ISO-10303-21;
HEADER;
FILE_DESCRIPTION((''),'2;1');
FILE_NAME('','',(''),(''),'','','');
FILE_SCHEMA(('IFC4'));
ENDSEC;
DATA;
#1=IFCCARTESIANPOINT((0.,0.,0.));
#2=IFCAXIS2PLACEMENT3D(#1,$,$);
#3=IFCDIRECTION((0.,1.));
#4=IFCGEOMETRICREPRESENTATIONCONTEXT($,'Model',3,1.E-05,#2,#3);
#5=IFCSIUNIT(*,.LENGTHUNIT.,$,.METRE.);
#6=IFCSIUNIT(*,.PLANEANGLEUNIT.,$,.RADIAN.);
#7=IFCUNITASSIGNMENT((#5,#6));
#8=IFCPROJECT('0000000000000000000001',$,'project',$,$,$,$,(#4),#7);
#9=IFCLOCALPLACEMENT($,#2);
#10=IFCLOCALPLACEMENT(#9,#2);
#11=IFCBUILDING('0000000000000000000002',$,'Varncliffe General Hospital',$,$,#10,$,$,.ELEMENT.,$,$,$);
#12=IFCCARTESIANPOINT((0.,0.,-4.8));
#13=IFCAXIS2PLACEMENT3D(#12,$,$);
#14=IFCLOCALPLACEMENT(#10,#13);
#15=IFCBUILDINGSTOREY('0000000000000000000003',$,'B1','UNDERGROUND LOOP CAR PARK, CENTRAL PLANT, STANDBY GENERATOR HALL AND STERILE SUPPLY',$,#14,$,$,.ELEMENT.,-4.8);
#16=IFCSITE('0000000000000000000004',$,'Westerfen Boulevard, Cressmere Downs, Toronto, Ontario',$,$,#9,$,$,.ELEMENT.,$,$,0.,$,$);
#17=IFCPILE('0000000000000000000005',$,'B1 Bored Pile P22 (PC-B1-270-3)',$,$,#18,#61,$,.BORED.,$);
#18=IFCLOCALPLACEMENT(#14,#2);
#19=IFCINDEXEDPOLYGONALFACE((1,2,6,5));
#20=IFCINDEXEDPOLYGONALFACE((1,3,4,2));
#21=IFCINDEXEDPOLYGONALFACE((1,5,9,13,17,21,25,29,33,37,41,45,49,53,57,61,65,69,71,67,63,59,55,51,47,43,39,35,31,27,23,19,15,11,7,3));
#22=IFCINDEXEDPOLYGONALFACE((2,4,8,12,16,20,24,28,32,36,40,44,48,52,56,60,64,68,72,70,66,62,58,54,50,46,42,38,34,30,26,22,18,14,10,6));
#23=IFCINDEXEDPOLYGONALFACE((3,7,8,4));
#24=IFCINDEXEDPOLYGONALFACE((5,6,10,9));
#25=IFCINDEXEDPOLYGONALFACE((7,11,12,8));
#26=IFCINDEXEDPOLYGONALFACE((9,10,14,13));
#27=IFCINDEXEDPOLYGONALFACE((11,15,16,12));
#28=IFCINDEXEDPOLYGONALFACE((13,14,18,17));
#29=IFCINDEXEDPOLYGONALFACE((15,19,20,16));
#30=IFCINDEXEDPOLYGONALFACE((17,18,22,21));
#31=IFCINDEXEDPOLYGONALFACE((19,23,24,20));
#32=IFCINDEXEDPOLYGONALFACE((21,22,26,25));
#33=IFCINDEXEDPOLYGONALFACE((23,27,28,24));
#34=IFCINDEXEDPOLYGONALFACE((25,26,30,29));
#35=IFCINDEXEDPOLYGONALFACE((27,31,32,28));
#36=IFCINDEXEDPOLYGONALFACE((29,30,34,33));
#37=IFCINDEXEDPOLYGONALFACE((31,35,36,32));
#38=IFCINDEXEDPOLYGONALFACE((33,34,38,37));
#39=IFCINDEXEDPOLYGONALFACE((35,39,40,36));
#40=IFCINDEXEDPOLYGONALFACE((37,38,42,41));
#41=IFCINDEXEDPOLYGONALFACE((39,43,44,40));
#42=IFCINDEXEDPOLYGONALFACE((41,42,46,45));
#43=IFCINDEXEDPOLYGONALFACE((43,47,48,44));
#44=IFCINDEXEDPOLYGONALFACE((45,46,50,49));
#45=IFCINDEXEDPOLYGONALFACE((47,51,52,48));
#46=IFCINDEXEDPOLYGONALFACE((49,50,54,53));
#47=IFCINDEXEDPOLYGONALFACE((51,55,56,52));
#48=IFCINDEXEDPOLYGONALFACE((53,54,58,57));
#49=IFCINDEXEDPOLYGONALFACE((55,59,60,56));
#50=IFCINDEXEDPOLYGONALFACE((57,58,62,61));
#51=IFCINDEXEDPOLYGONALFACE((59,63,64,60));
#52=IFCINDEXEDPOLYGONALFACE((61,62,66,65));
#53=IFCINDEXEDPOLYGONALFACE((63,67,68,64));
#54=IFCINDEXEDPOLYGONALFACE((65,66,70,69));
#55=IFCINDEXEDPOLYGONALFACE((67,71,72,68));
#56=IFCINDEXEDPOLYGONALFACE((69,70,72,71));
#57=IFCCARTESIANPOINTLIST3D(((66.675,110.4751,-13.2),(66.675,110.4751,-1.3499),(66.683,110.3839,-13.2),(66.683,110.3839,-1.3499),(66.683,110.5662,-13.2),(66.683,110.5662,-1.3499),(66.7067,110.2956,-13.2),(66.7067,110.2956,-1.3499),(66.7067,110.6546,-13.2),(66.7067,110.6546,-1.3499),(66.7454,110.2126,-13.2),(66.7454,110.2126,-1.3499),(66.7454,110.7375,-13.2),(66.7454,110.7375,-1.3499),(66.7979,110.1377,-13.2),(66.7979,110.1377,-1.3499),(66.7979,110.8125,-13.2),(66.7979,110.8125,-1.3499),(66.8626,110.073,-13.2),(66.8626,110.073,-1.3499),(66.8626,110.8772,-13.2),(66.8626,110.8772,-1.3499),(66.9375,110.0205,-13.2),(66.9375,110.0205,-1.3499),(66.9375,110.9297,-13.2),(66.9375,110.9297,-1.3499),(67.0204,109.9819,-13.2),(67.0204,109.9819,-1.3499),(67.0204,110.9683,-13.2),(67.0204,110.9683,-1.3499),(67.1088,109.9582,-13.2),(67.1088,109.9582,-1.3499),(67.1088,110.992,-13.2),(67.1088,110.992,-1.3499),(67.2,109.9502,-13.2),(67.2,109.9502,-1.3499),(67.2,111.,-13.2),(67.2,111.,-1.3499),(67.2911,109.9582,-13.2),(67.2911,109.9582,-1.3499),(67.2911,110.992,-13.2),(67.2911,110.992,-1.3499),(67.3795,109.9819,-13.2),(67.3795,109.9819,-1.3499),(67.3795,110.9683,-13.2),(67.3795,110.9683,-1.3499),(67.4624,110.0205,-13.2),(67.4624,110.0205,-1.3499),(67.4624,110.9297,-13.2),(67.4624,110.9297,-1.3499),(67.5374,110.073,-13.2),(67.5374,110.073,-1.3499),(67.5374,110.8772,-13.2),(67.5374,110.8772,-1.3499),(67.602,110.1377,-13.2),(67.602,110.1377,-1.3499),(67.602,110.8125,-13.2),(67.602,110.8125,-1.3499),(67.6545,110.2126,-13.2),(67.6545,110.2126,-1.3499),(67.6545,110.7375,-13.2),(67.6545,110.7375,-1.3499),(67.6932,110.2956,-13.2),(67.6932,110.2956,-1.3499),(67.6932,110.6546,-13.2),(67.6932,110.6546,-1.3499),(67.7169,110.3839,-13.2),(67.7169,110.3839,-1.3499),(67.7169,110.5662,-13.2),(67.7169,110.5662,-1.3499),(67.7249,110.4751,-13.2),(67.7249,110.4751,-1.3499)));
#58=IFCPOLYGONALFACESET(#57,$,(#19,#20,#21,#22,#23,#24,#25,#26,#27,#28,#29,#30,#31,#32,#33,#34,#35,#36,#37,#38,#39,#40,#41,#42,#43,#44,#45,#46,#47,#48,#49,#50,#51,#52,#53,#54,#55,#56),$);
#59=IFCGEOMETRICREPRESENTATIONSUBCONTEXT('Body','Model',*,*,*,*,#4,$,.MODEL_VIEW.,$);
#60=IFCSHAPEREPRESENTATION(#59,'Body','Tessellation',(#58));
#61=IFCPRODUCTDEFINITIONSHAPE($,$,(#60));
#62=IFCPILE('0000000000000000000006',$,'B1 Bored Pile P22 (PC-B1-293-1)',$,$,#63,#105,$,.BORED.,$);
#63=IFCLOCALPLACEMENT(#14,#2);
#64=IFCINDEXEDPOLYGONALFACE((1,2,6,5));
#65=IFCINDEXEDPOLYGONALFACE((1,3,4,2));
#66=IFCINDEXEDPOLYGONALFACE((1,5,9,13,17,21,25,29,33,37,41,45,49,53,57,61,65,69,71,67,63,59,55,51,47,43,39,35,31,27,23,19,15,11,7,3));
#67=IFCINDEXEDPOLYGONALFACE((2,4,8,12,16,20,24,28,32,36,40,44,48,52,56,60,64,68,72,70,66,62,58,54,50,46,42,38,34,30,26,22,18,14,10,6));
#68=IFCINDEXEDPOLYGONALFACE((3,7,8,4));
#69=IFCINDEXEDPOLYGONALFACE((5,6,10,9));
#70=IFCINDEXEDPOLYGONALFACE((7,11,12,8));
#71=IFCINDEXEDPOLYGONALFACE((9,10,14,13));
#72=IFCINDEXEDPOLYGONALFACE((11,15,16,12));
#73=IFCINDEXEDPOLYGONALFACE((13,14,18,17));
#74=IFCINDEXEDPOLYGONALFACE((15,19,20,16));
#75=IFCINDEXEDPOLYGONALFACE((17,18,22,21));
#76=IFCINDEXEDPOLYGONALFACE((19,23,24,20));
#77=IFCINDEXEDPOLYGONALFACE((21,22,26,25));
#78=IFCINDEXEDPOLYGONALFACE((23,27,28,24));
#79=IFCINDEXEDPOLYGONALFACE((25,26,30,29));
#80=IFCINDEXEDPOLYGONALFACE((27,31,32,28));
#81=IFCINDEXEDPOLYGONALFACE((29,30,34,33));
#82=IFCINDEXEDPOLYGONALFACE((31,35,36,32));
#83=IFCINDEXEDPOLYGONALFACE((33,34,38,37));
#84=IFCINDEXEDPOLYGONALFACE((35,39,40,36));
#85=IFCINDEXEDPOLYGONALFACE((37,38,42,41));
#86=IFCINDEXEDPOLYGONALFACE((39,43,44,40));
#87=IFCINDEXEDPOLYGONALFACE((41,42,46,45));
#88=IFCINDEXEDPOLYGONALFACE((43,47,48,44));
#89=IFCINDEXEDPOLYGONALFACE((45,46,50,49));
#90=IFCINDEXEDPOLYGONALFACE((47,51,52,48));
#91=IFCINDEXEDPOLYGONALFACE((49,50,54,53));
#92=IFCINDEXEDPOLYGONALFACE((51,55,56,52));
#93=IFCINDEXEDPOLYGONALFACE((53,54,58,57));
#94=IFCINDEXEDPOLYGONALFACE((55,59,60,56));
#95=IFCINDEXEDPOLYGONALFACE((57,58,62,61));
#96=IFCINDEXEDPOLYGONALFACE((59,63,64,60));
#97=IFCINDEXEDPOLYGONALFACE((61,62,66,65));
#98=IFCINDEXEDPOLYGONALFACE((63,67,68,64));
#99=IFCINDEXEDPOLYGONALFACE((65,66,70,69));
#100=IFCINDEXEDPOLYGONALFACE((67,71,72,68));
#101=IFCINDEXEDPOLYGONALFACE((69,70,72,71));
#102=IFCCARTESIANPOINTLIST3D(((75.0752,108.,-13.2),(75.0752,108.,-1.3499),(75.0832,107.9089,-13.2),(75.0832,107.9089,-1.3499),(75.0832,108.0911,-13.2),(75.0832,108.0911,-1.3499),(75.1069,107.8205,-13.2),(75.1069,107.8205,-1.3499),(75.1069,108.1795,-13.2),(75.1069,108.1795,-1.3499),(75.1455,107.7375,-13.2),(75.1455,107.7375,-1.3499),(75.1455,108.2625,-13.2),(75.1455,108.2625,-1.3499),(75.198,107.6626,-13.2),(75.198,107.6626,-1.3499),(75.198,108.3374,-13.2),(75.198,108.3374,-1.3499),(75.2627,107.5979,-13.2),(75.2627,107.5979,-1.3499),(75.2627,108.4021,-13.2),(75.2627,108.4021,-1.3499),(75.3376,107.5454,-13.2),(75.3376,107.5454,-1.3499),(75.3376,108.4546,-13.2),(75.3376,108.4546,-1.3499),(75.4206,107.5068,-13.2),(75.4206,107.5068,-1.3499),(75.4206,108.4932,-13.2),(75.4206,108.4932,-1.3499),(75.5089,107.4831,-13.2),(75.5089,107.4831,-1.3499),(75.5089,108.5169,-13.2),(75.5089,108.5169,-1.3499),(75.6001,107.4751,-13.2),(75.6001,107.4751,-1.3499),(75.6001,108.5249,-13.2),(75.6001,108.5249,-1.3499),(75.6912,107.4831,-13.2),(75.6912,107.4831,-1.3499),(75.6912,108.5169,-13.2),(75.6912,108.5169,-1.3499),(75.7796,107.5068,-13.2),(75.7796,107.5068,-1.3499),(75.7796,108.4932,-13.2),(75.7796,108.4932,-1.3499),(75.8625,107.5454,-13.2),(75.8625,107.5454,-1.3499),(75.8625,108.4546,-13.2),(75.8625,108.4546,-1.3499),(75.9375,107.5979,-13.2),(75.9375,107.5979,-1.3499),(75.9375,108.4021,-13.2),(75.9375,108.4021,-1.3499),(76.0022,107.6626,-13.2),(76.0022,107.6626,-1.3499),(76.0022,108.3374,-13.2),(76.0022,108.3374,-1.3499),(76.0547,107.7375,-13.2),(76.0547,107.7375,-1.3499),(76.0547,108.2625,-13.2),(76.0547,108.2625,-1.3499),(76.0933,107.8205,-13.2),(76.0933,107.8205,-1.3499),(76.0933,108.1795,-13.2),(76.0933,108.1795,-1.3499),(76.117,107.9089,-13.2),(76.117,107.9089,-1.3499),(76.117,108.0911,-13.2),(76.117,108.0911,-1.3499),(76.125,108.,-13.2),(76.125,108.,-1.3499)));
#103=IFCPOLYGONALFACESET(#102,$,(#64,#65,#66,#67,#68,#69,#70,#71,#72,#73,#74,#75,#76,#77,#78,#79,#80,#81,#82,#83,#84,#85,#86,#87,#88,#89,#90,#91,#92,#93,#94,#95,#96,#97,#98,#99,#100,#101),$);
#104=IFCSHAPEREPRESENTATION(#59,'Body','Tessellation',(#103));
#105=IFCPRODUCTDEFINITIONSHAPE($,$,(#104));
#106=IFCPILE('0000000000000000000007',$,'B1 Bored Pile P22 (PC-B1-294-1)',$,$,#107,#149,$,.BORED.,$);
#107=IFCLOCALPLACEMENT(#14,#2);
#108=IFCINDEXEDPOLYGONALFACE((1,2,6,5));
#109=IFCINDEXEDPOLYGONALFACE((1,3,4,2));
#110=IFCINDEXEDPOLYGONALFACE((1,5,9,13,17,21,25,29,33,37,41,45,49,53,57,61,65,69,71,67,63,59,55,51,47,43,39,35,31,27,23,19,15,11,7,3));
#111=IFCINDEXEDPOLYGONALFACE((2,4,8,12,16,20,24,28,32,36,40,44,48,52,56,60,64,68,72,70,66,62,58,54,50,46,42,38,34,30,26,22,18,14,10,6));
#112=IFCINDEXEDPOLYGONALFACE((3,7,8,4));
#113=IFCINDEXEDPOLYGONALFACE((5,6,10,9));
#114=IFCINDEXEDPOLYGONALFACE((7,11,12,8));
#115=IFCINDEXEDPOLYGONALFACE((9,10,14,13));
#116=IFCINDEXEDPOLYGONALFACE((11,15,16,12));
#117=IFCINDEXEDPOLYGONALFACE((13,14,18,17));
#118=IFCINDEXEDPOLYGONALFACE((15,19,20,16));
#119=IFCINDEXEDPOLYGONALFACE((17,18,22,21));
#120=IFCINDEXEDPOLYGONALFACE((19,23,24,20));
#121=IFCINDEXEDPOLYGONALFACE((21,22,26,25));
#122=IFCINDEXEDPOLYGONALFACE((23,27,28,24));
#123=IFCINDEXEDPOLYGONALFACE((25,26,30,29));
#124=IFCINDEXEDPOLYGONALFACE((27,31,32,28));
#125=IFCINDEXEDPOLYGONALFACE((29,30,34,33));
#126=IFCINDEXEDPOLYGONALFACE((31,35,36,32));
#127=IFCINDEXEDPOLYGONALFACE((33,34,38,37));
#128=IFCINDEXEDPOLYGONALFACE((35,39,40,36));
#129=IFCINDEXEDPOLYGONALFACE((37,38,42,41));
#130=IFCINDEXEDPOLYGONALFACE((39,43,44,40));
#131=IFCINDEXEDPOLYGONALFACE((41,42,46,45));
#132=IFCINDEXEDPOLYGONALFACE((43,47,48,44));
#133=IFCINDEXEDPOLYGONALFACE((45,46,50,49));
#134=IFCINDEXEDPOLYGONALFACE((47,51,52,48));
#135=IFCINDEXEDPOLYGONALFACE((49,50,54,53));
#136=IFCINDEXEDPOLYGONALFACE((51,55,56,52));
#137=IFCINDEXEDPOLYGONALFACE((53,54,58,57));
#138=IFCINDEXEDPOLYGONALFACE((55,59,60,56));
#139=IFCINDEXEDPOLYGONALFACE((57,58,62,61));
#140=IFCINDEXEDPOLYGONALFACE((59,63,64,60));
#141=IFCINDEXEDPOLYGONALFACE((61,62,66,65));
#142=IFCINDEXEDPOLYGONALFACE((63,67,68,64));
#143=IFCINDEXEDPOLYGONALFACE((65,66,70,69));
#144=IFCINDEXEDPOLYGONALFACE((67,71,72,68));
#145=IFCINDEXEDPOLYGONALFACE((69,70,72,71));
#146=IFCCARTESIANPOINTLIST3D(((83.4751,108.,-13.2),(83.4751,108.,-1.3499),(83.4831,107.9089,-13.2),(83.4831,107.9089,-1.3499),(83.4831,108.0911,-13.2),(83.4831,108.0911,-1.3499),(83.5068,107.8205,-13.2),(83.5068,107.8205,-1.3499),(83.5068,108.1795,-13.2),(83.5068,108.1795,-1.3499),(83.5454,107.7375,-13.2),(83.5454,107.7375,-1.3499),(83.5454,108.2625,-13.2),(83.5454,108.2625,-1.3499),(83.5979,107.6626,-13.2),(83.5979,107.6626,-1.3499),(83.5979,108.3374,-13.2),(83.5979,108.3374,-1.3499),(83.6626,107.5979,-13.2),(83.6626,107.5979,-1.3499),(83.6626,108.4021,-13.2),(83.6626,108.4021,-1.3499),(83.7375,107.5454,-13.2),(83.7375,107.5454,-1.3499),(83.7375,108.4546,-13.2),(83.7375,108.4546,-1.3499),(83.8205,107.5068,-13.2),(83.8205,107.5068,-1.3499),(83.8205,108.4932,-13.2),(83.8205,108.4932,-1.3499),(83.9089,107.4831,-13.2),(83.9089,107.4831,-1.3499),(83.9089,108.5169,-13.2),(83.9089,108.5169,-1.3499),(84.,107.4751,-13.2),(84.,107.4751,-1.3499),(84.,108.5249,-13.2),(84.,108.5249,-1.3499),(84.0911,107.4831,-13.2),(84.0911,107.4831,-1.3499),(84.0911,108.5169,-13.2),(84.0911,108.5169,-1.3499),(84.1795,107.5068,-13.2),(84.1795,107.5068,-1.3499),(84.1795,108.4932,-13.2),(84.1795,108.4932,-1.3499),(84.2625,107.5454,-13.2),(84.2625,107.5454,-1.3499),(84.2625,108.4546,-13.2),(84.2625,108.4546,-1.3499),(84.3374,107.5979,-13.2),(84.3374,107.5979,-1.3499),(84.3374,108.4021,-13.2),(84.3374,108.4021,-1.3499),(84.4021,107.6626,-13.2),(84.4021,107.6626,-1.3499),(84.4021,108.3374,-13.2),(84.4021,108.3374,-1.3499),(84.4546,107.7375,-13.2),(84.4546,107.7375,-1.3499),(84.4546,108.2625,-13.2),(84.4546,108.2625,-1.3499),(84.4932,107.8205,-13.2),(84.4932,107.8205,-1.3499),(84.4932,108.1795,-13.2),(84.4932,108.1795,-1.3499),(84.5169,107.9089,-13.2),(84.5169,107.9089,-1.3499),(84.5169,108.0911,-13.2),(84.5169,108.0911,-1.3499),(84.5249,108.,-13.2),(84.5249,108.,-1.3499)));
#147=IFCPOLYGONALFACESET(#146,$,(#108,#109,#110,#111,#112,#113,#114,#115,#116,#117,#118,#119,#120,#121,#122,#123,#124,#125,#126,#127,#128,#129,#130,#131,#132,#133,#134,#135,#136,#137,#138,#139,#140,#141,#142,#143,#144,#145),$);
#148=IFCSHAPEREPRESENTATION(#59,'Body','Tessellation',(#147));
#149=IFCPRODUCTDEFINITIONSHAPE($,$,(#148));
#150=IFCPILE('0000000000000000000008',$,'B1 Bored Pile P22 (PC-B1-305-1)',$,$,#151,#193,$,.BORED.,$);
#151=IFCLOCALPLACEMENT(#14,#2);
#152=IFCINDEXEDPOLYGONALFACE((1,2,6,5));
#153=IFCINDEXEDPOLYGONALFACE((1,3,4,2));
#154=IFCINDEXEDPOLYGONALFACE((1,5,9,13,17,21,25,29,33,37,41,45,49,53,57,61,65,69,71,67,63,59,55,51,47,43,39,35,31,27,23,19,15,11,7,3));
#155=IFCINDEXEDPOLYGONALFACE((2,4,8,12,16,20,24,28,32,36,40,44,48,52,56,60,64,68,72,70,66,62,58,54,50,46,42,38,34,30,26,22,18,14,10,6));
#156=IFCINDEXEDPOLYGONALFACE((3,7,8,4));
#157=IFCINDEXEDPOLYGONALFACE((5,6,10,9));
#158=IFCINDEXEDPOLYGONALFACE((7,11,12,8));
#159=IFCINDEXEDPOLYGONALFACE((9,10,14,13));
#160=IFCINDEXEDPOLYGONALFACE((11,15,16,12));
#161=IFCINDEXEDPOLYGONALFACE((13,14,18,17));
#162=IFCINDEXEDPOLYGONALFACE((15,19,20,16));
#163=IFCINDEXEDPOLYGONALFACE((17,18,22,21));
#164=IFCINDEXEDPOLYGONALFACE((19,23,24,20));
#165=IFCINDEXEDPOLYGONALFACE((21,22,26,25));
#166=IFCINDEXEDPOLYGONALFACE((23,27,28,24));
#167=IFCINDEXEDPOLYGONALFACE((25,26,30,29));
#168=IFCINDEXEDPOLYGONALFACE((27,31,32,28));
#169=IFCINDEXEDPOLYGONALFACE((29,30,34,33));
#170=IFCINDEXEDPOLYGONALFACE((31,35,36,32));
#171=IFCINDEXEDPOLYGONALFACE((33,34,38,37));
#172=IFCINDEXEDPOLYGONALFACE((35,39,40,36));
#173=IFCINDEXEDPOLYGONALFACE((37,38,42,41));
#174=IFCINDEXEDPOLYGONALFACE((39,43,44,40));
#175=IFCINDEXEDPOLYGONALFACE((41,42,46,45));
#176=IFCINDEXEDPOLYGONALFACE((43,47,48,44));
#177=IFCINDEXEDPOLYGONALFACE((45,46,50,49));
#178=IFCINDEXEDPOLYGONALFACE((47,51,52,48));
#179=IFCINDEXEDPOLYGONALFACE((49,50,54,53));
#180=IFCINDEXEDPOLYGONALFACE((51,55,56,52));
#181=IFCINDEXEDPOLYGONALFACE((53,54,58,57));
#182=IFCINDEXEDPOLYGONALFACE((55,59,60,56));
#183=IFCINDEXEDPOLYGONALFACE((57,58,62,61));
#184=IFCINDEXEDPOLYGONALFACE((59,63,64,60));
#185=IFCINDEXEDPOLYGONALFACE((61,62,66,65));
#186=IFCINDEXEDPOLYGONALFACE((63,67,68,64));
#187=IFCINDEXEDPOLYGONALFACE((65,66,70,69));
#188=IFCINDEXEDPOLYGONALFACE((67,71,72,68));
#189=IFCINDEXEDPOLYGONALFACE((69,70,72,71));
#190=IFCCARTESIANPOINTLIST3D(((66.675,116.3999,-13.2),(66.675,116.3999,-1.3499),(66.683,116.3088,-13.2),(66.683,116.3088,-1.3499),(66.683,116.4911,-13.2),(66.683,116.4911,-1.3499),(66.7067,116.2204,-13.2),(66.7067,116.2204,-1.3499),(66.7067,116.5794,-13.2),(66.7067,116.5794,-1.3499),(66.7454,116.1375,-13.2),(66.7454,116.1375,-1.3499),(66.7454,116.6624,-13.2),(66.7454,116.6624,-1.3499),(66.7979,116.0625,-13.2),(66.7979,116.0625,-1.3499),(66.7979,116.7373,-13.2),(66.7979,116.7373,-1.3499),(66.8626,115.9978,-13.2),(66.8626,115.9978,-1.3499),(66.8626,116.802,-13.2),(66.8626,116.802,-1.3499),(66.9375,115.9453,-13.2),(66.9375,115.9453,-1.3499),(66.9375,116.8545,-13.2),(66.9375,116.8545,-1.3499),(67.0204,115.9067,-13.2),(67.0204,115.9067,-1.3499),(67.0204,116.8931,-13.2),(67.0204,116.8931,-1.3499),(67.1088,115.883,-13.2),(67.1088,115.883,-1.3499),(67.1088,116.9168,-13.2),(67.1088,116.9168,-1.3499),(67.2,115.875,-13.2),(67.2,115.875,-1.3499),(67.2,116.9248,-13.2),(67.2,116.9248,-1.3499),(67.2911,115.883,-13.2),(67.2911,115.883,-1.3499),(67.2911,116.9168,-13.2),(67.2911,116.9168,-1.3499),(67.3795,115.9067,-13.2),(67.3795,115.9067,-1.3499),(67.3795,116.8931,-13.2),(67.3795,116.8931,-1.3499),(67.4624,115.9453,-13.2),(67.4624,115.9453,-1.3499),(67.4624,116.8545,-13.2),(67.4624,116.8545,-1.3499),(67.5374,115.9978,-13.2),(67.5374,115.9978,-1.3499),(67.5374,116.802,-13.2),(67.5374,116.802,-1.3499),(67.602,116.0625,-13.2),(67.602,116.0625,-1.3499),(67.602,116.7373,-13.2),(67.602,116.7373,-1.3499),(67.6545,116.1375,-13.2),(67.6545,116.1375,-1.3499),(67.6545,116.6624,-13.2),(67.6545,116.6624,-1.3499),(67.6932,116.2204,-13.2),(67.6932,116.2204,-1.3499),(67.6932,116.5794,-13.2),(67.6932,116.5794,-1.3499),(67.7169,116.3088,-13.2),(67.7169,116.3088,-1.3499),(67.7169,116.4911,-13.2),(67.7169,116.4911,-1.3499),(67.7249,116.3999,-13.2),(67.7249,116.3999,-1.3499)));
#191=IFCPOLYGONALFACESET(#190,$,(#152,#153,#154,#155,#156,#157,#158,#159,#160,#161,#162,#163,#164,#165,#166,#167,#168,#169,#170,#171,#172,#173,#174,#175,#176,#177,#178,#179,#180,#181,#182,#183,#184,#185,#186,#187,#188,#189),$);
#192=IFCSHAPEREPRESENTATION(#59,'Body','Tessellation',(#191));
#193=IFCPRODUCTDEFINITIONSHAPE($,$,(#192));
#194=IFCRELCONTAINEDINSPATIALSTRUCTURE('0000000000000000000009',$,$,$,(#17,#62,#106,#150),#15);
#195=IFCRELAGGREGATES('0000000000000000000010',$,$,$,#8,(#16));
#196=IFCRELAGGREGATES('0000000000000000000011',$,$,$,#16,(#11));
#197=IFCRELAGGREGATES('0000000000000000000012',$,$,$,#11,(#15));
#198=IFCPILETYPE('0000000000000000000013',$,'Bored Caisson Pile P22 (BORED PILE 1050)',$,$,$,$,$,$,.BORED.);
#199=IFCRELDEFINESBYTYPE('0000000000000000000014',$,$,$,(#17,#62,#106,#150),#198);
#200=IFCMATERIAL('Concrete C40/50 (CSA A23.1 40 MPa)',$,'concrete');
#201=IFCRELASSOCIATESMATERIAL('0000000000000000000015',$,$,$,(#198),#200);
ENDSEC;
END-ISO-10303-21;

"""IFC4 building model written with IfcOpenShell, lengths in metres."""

from ifc_helpers import new_model, si_unit, direction, frame, origin, origin_2d, place, context, subcontext, project, spatial, circle, extrude, material, material_profile, profile_set, type_object, element, save


model = new_model("IFC4")

# Units and contexts
model_context = context("Model", 3, precision=1e-05, world=origin(), true_north=direction((0.0, 1.0)))
body_context = subcontext(model_context, "Body", "Model", "MODEL_VIEW")
ifc_project = project(units=[si_unit("LENGTHUNIT", "METRE"), si_unit("PLANEANGLEUNIT", "RADIAN")], contexts=[model_context])

# Site, building, storey
site_placement = place(None, origin())
site = spatial("IfcSite", under=ifc_project, at=site_placement, Name="Westerfen Boulevard, Cressmere Downs, Toronto, Ontario", CompositionType="ELEMENT", RefElevation=0.0)
building_placement = place(site_placement, origin())
building = spatial("IfcBuilding", under=site, at=building_placement, Name="Varncliffe General Hospital", CompositionType="ELEMENT")
storey_placement = place(building_placement, frame((0.0, 0.0, -4.8)))
storey = spatial("IfcBuildingStorey", under=building, at=storey_placement, Name="B1", Description="UNDERGROUND LOOP CAR PARK, CENTRAL PLANT, STANDBY GENERATOR HALL AND STERILE SUPPLY", CompositionType="ELEMENT", Elevation=-4.8)

# Piles
ifc_material_1 = material(Name="Concrete C40/50 (CSA A23.1 40 MPa)", Category="concrete")
ifc_material_profile_1 = material_profile(ifc_material_1, circle(Radius=0.5249, at=origin_2d()), Name="BORED PILE 1050")
ifc_profile_set_1 = profile_set([ifc_material_profile_1], Name="Concrete C40/50 (CSA A23.1 40 MPa)")
pile_type = type_object("IfcPileType", Name="Bored Caisson Pile P22 (BORED PILE 1050)", PredefinedType="BORED", material=ifc_profile_set_1)
for number, where, z_axis, x_axis, name in (
    (1, (67.2, 110.4751, -1.3499), (0.0, 0.0, -1.0), (1.0, 0.0, 0.0), "B1 Bored Pile P22 (PC-B1-270-3)"),
    (2, (75.6001, 108.0, -1.3499), (0.0, 0.0, -1.0), (1.0, 0.0, 0.0), "B1 Bored Pile P22 (PC-B1-293-1)"),
    (3, (84.0, 108.0, -1.3499), (0.0, 0.0, -1.0), (1.0, 0.0, 0.0), "B1 Bored Pile P22 (PC-B1-294-1)"),
    (4, (67.2, 116.3999, -1.3499), (0.0, 0.0, -1.0), (1.0, 0.0, 0.0), "B1 Bored Pile P22 (PC-B1-305-1)"),
):
    element("IfcPile", number, at=place(storey_placement, frame(where, z_axis=z_axis, x_axis=x_axis)), inside=storey, type_object=pile_type, Name=name, PredefinedType="BORED", context=body_context, shape_type="SweptSolid", body=[
        extrude(circle(Radius=0.5249, at=origin_2d()), origin(), (0.0, 0.0, 1.0), 11.8501),
    ])

save(model, "model.ifc")
